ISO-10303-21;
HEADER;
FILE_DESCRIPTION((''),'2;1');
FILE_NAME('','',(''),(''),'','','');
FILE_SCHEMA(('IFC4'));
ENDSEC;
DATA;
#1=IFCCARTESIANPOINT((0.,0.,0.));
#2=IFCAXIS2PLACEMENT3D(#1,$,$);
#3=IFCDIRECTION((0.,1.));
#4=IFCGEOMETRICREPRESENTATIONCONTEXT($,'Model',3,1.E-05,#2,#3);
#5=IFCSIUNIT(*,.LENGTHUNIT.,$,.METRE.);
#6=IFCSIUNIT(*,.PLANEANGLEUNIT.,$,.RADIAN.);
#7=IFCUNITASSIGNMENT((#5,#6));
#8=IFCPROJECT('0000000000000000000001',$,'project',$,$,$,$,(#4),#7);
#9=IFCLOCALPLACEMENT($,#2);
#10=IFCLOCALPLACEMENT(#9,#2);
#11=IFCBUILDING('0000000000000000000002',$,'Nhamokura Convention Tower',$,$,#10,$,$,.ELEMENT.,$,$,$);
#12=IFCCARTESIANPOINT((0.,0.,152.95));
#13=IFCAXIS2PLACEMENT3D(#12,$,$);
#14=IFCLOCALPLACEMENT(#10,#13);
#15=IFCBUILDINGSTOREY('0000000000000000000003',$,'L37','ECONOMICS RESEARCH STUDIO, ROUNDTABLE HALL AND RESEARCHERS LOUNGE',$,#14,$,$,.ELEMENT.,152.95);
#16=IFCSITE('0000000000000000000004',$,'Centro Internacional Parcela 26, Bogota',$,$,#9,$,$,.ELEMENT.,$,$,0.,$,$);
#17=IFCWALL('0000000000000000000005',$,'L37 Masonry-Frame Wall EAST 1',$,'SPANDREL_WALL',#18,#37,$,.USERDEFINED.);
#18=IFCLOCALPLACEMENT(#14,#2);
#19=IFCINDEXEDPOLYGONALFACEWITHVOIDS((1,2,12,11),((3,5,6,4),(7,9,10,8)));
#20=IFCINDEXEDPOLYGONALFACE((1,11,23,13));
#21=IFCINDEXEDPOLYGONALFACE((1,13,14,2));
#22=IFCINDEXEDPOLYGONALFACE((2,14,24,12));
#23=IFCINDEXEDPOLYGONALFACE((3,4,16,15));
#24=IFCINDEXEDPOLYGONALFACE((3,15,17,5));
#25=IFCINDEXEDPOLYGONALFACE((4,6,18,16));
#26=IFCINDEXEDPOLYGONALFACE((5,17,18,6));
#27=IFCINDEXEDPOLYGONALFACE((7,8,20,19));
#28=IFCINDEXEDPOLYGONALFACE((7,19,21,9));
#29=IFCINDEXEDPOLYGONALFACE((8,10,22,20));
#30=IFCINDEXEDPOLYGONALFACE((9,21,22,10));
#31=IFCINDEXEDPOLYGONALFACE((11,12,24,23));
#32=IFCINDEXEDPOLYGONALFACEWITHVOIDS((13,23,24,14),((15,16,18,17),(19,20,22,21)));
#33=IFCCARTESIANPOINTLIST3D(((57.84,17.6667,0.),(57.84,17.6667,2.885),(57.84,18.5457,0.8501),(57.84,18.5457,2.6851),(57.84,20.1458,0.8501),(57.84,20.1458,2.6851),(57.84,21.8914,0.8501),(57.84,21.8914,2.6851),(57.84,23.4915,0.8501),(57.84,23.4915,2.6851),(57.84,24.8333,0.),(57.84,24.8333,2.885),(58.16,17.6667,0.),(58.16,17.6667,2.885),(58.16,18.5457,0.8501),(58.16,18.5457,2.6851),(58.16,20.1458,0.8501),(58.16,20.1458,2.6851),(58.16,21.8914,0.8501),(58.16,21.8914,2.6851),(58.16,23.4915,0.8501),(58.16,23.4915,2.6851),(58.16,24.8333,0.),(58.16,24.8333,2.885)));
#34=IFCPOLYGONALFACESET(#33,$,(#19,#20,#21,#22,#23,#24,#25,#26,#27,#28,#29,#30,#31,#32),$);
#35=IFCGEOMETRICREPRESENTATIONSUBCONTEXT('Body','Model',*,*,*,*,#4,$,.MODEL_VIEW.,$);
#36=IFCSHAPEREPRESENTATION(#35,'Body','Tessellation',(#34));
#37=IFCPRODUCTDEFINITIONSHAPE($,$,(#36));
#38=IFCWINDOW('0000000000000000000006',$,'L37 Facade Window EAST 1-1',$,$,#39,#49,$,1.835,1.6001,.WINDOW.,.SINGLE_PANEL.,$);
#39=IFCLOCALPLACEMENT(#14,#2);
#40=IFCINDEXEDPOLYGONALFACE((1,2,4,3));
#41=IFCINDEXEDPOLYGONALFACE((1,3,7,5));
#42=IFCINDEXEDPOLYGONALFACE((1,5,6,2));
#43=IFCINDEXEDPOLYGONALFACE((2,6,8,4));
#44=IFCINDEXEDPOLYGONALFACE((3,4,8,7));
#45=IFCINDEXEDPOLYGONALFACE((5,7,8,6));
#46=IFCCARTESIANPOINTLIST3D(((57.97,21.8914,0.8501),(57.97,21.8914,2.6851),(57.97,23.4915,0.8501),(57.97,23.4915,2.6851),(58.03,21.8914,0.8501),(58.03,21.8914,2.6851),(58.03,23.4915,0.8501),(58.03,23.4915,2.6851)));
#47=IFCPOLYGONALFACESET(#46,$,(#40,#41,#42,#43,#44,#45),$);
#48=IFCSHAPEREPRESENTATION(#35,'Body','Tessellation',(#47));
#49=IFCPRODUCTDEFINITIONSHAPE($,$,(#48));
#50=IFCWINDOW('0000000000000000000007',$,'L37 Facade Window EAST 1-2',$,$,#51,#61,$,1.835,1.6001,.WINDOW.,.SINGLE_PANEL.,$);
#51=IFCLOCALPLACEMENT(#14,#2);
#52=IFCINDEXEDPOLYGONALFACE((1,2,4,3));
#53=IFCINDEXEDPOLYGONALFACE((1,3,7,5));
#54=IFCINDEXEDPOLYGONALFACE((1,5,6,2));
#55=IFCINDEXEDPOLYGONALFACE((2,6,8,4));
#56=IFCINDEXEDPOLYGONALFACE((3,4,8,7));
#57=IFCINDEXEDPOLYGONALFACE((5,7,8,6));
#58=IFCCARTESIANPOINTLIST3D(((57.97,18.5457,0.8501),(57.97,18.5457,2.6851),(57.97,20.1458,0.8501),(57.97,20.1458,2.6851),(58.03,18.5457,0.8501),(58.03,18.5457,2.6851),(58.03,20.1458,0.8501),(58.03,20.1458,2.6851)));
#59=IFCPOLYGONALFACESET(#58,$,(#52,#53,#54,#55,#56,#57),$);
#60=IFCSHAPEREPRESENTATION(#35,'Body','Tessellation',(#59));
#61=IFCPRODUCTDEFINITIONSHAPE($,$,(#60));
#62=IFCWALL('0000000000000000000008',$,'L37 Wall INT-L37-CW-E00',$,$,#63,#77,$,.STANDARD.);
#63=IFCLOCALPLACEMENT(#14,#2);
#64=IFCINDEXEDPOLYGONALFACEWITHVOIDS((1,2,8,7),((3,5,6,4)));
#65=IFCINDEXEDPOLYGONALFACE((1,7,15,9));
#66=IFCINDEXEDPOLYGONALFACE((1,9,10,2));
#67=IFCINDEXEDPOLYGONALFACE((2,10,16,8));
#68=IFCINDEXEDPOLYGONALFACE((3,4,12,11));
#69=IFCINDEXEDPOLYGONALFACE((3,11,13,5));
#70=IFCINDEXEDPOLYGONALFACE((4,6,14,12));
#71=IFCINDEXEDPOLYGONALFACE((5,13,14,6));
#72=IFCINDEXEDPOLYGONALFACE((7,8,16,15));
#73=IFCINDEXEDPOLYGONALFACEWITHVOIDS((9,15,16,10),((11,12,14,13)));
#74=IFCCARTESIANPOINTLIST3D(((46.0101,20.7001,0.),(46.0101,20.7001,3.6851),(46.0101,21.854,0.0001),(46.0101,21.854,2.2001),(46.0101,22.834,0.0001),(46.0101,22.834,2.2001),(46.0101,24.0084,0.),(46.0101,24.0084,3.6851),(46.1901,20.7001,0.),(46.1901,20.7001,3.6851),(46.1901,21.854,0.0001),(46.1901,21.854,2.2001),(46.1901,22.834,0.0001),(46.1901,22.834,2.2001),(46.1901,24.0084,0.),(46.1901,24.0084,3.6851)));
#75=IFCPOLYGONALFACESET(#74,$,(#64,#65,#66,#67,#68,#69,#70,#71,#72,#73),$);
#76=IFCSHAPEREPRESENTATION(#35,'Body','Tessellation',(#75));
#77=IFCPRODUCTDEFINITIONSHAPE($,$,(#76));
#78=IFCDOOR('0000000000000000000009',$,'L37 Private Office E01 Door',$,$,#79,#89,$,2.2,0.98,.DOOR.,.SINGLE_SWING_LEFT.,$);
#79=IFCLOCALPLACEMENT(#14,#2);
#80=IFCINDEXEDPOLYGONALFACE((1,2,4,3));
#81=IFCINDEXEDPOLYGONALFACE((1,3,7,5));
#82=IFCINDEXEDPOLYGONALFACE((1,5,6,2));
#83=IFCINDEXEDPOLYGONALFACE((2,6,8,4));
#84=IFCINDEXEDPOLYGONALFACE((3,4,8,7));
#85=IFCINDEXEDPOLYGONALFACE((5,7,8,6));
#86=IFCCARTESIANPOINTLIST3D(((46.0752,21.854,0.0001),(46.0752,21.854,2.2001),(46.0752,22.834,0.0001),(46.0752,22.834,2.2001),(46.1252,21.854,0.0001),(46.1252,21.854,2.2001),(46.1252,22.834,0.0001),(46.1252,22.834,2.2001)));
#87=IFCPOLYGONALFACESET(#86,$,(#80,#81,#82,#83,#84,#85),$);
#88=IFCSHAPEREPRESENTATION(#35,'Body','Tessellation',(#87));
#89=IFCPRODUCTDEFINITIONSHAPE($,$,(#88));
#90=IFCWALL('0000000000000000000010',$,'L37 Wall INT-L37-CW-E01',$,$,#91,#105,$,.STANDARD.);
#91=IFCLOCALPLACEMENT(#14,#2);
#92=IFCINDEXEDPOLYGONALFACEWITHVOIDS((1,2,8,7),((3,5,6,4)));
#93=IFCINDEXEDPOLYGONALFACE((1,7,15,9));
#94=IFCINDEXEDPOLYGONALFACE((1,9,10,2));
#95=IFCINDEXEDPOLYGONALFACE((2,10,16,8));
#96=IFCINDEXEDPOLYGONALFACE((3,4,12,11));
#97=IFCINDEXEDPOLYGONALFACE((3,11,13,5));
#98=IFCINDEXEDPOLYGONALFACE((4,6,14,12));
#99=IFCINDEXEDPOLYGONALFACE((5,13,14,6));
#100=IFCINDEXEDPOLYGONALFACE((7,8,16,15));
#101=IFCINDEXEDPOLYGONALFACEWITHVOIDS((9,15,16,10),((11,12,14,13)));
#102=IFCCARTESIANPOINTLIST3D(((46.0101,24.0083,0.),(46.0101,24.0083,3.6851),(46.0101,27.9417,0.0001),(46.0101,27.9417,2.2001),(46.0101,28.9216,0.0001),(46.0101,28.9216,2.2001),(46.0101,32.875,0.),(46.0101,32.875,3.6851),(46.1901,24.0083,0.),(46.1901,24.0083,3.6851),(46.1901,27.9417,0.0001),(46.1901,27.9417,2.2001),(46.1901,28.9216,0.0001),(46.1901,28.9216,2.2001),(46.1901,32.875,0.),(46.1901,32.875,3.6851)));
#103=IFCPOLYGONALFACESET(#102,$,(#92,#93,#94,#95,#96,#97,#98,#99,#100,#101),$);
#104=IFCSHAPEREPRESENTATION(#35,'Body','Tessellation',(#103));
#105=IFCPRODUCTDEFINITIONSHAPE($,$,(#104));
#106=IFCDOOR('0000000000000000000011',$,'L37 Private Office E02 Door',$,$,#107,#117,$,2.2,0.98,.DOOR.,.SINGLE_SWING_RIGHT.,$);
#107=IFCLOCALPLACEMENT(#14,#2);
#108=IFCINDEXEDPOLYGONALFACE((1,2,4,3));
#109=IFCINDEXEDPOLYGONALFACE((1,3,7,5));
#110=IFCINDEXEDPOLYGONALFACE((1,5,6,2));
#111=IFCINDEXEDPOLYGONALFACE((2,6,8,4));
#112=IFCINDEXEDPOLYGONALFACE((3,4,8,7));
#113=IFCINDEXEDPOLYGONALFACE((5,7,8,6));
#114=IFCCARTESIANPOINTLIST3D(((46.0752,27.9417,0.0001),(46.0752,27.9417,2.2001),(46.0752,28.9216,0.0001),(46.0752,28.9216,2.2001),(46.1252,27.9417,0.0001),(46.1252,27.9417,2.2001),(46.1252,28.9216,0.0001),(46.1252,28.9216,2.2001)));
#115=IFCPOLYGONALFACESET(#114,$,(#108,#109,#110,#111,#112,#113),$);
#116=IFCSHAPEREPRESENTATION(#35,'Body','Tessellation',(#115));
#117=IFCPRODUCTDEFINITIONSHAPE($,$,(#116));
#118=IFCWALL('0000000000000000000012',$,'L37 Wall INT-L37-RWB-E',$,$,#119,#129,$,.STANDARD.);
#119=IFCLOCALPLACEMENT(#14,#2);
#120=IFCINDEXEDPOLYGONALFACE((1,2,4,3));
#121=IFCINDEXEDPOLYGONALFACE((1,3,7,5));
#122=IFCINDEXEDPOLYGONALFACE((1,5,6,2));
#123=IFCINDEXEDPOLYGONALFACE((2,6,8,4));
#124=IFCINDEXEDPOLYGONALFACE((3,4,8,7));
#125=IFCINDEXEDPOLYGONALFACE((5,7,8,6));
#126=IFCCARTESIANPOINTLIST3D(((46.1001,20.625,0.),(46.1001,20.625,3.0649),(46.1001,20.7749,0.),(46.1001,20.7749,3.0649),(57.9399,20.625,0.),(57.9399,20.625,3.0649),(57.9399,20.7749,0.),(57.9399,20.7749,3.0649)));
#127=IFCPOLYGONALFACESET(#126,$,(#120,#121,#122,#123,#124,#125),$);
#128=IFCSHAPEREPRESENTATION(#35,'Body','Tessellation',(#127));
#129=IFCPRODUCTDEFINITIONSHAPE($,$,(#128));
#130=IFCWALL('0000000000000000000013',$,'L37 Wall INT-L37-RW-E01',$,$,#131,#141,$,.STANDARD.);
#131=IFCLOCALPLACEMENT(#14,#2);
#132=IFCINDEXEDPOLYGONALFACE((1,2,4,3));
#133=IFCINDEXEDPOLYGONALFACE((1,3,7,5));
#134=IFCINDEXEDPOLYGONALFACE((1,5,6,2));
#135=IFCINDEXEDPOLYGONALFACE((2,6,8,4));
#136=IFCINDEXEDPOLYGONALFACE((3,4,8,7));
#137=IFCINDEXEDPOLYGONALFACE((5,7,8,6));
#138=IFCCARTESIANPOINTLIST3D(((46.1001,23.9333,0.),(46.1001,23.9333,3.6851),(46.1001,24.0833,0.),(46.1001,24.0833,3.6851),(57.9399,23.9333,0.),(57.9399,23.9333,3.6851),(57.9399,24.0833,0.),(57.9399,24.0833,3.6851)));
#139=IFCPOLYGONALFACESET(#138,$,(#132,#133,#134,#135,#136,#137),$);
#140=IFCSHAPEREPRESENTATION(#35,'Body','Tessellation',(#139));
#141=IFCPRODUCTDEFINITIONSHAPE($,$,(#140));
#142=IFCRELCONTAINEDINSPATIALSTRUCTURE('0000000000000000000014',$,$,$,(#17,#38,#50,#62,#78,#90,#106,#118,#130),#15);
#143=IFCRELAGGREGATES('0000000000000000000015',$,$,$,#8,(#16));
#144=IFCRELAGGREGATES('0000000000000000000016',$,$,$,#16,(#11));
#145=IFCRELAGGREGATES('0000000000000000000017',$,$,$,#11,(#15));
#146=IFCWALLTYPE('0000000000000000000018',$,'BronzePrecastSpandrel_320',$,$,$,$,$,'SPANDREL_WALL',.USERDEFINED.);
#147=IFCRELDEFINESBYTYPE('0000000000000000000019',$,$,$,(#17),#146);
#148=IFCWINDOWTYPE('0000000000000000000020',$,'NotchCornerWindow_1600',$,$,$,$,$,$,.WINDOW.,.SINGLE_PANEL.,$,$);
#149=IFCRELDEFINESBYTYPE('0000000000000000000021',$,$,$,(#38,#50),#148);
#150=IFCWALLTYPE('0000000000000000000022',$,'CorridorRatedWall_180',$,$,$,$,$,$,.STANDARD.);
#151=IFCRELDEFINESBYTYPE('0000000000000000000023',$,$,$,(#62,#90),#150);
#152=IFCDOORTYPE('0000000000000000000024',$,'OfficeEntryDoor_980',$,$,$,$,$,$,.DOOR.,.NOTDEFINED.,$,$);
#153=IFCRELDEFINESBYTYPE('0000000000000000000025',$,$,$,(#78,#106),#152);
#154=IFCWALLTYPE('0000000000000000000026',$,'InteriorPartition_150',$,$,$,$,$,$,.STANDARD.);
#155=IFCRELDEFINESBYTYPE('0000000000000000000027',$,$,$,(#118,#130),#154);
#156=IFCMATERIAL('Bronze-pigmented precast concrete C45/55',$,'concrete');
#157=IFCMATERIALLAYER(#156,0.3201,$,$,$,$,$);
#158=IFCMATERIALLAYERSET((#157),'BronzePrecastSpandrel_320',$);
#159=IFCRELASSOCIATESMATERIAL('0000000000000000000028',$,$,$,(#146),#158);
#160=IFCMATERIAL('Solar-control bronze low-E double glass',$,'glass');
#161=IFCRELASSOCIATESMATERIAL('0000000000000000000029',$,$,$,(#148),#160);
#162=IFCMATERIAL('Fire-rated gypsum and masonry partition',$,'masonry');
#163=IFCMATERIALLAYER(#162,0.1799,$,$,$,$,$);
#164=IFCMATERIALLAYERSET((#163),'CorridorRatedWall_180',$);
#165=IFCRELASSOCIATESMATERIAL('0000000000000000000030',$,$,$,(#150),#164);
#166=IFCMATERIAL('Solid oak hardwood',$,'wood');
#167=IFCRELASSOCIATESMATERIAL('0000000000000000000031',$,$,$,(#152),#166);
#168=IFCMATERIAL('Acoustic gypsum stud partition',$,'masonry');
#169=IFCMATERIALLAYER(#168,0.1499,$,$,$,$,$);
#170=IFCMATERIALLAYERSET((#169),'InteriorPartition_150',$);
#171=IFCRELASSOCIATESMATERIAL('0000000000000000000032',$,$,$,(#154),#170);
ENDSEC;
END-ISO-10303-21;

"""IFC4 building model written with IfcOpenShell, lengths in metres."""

from ifc_helpers import new_model, si_unit, direction, frame, frame_2d, origin, place, context, subcontext, project, spatial, rectangle, extrude, material, layer, layer_set, type_object, element, fill, save


model = new_model("IFC4")

# Units and contexts
model_context = context("Model", 3, precision=1e-05, world=origin(), true_north=direction((0.0, 1.0)))
body_context = subcontext(model_context, "Body", "Model", "MODEL_VIEW")
ifc_project = project(units=[si_unit("LENGTHUNIT", "METRE"), si_unit("PLANEANGLEUNIT", "RADIAN")], contexts=[model_context])

# Site, building, storey
site_placement = place(None, origin())
site = spatial("IfcSite", under=ifc_project, at=site_placement, Name="Centro Internacional Parcela 26, Bogota", CompositionType="ELEMENT", RefElevation=0.0)
building_placement = place(site_placement, origin())
building = spatial("IfcBuilding", under=site, at=building_placement, Name="Nhamokura Convention Tower", CompositionType="ELEMENT")
storey_placement = place(building_placement, frame((0.0, 0.0, 152.95)))
storey = spatial("IfcBuildingStorey", under=building, at=storey_placement, Name="L37", Description="ECONOMICS RESEARCH STUDIO, ROUNDTABLE HALL AND RESEARCHERS LOUNGE", CompositionType="ELEMENT", Elevation=152.95)

# Shared definitions
ifc_material_1 = material(Name="Bronze-pigmented precast concrete C45/55", Category="concrete")
ifc_layer_1 = layer(ifc_material_1, 0.3201)
ifc_layer_set_1 = layer_set([ifc_layer_1], Name="BronzePrecastSpandrel_320")
wall_type_1 = type_object("IfcWallType", Name="BronzePrecastSpandrel_320", ElementType="SPANDREL_WALL", PredefinedType="USERDEFINED", material=ifc_layer_set_1)

# Wall, openings, windows
wall_1_placement = place(storey_placement, frame((58.0, 24.8333, 0.0), z_axis=(0.0, 0.0, 1.0), x_axis=(0.0, -1.0, 0.0)))
wall_1 = element("IfcWall", 1, at=wall_1_placement, inside=storey, type_object=wall_type_1, Name="L37 Masonry-Frame Wall EAST 1", ObjectType="SPANDREL_WALL", PredefinedType="USERDEFINED", context=body_context, shape_type="SweptSolid", body=[
    extrude(rectangle(XDim=7.1665, YDim=0.3201, at=frame_2d((3.5833, 0.0))), origin(), (0.0, 0.0, 1.0), 2.885),
])
opening_1_placement = place(wall_1_placement, frame((1.3418, 0.0, 0.8501)))
opening_1 = element("IfcOpeningElement", 2, at=opening_1_placement, cuts=wall_1, PredefinedType="OPENING", context=body_context, shape_type="SweptSolid", body=[
    extrude(rectangle(XDim=1.6001, YDim=1.835, at=frame_2d((0.8, 0.9175))), frame((0.0, 0.1699, 0.0), z_axis=(0.0, -1.0, 0.0), x_axis=(1.0, 0.0, 0.0)), (0.0, 0.0, 1.0), 0.3401),
])
opening_2_placement = place(wall_1_placement, frame((4.6875, 0.0, 0.8501)))
opening_2 = element("IfcOpeningElement", 3, at=opening_2_placement, cuts=wall_1, PredefinedType="OPENING", context=body_context, shape_type="SweptSolid", body=[
    extrude(rectangle(XDim=1.6001, YDim=1.835, at=frame_2d((0.8, 0.9175))), frame((0.0, 0.1699, 0.0), z_axis=(0.0, -1.0, 0.0), x_axis=(1.0, 0.0, 0.0)), (0.0, 0.0, 1.0), 0.3401),
])
ifc_material_2 = material(Name="Solar-control bronze low-E double glass", Category="glass")
window_type = type_object("IfcWindowType", Name="NotchCornerWindow_1600", PartitioningType="SINGLE_PANEL", PredefinedType="WINDOW", material=ifc_material_2)
window_1_placement = place(opening_1_placement, origin())
window_1 = element("IfcWindow", 4, at=window_1_placement, inside=storey, type_object=window_type, Name="L37 Facade Window EAST 1-1", OverallHeight=1.835, OverallWidth=1.6001, PartitioningType="SINGLE_PANEL", PredefinedType="WINDOW", context=body_context, shape_type="SweptSolid", body=[
    extrude(rectangle(XDim=1.6001, YDim=1.835, at=frame_2d((0.8, 0.9175))), frame((0.0, 0.03, 0.0), z_axis=(0.0, -1.0, 0.0), x_axis=(1.0, 0.0, 0.0)), (0.0, 0.0, 1.0), 0.0601),
])
fill(opening_1, window_1)
window_2_placement = place(opening_2_placement, origin())
window_2 = element("IfcWindow", 5, at=window_2_placement, inside=storey, type_object=window_type, Name="L37 Facade Window EAST 1-2", OverallHeight=1.835, OverallWidth=1.6001, PartitioningType="SINGLE_PANEL", PredefinedType="WINDOW", context=body_context, shape_type="SweptSolid", body=[
    extrude(rectangle(XDim=1.6001, YDim=1.835, at=frame_2d((0.8, 0.9175))), frame((0.0, 0.03, 0.0), z_axis=(0.0, -1.0, 0.0), x_axis=(1.0, 0.0, 0.0)), (0.0, 0.0, 1.0), 0.0601),
])
fill(opening_2, window_2)

# Walls, openings, doors
ifc_material_3 = material(Name="Fire-rated gypsum and masonry partition", Category="masonry")
ifc_layer_2 = layer(ifc_material_3, 0.1799)
ifc_layer_set_2 = layer_set([ifc_layer_2], Name="CorridorRatedWall_180")
wall_type_2 = type_object("IfcWallType", Name="CorridorRatedWall_180", PredefinedType="STANDARD", material=ifc_layer_set_2)
wall_2_placement = place(storey_placement, frame((46.1001, 20.7, 0.0), z_axis=(0.0, 0.0, 1.0), x_axis=(0.0, 1.0, 0.0)))
wall_2 = element("IfcWall", 6, at=wall_2_placement, inside=storey, type_object=wall_type_2, Name="L37 Wall INT-L37-CW-E00", PredefinedType="STANDARD", context=body_context, shape_type="SweptSolid", body=[
    extrude(rectangle(XDim=3.3083, YDim=0.1799, at=frame_2d((1.6543, 0.0))), origin(), (0.0, 0.0, 1.0), 3.6851),
])
opening_3_placement = place(wall_2_placement, frame((1.1541, 0.0, 0.0)))
opening_3 = element("IfcOpeningElement", 7, at=opening_3_placement, cuts=wall_2, PredefinedType="OPENING", context=body_context, shape_type="SweptSolid", body=[
    extrude(rectangle(XDim=0.98, YDim=2.2, at=frame_2d((0.49, 1.1001))), frame((0.0, 0.0999, 0.0), z_axis=(0.0, -1.0, 0.0), x_axis=(1.0, 0.0, 0.0)), (0.0, 0.0, 1.0), 0.2),
])
ifc_material_4 = material(Name="Solid oak hardwood", Category="wood")
door_type = type_object("IfcDoorType", Name="OfficeEntryDoor_980", OperationType="NOTDEFINED", PredefinedType="DOOR", material=ifc_material_4)
door_1_placement = place(opening_3_placement, origin())
door_1 = element("IfcDoor", 8, at=door_1_placement, inside=storey, type_object=door_type, Name="L37 Private Office E01 Door", OperationType="SINGLE_SWING_LEFT", OverallHeight=2.2, OverallWidth=0.98, PredefinedType="DOOR", context=body_context, shape_type="SweptSolid", body=[
    extrude(rectangle(XDim=0.98, YDim=2.2, at=frame_2d((0.49, 1.1001))), frame((0.0, 0.0249, 0.0), z_axis=(0.0, -1.0, 0.0), x_axis=(1.0, 0.0, 0.0)), (0.0, 0.0, 1.0), 0.05),
])
fill(opening_3, door_1)
wall_3_placement = place(storey_placement, frame((46.1001, 24.0083, 0.0), z_axis=(0.0, 0.0, 1.0), x_axis=(0.0, 1.0, 0.0)))
wall_3 = element("IfcWall", 9, at=wall_3_placement, inside=storey, type_object=wall_type_2, Name="L37 Wall INT-L37-CW-E01", PredefinedType="STANDARD", context=body_context, shape_type="SweptSolid", body=[
    extrude(rectangle(XDim=8.8667, YDim=0.1799, at=frame_2d((4.4333, 0.0))), origin(), (0.0, 0.0, 1.0), 3.6851),
])
opening_4_placement = place(wall_3_placement, frame((3.9333, 0.0, 0.0)))
opening_4 = element("IfcOpeningElement", 10, at=opening_4_placement, cuts=wall_3, PredefinedType="OPENING", context=body_context, shape_type="SweptSolid", body=[
    extrude(rectangle(XDim=0.98, YDim=2.2, at=frame_2d((0.49, 1.1001))), frame((0.0, 0.0999, 0.0), z_axis=(0.0, -1.0, 0.0), x_axis=(1.0, 0.0, 0.0)), (0.0, 0.0, 1.0), 0.2),
])
door_2_placement = place(opening_4_placement, origin())
door_2 = element("IfcDoor", 11, at=door_2_placement, inside=storey, type_object=door_type, Name="L37 Private Office E02 Door", OperationType="SINGLE_SWING_RIGHT", OverallHeight=2.2, OverallWidth=0.98, PredefinedType="DOOR", context=body_context, shape_type="SweptSolid", body=[
    extrude(rectangle(XDim=0.98, YDim=2.2, at=frame_2d((0.49, 1.1001))), frame((0.0, 0.0249, 0.0), z_axis=(0.0, -1.0, 0.0), x_axis=(1.0, 0.0, 0.0)), (0.0, 0.0, 1.0), 0.05),
])
fill(opening_4, door_2)

# Walls
ifc_material_5 = material(Name="Acoustic gypsum stud partition", Category="masonry")
ifc_layer_3 = layer(ifc_material_5, 0.1499)
ifc_layer_set_3 = layer_set([ifc_layer_3], Name="InteriorPartition_150")
wall_type_3 = type_object("IfcWallType", Name="InteriorPartition_150", PredefinedType="STANDARD", material=ifc_layer_set_3)
wall_4_placement = place(storey_placement, frame((46.1001, 20.7, 0.0), z_axis=(0.0, 0.0, 1.0), x_axis=(1.0, 0.0, 0.0)))
element("IfcWall", 12, at=wall_4_placement, inside=storey, type_object=wall_type_3, Name="L37 Wall INT-L37-RWB-E", PredefinedType="STANDARD", context=body_context, shape_type="SweptSolid", body=[
    extrude(rectangle(XDim=11.8398, YDim=0.1499, at=frame_2d((5.9199, 0.0))), origin(), (0.0, 0.0, 1.0), 3.0649),
])
wall_5_placement = place(storey_placement, frame((46.1001, 24.0083, 0.0), z_axis=(0.0, 0.0, 1.0), x_axis=(1.0, 0.0, 0.0)))
element("IfcWall", 13, at=wall_5_placement, inside=storey, type_object=wall_type_3, Name="L37 Wall INT-L37-RW-E01", PredefinedType="STANDARD", context=body_context, shape_type="SweptSolid", body=[
    extrude(rectangle(XDim=11.8398, YDim=0.1499, at=frame_2d((5.9199, 0.0))), origin(), (0.0, 0.0, 1.0), 3.6851),
])

save(model, "model.ifc")
